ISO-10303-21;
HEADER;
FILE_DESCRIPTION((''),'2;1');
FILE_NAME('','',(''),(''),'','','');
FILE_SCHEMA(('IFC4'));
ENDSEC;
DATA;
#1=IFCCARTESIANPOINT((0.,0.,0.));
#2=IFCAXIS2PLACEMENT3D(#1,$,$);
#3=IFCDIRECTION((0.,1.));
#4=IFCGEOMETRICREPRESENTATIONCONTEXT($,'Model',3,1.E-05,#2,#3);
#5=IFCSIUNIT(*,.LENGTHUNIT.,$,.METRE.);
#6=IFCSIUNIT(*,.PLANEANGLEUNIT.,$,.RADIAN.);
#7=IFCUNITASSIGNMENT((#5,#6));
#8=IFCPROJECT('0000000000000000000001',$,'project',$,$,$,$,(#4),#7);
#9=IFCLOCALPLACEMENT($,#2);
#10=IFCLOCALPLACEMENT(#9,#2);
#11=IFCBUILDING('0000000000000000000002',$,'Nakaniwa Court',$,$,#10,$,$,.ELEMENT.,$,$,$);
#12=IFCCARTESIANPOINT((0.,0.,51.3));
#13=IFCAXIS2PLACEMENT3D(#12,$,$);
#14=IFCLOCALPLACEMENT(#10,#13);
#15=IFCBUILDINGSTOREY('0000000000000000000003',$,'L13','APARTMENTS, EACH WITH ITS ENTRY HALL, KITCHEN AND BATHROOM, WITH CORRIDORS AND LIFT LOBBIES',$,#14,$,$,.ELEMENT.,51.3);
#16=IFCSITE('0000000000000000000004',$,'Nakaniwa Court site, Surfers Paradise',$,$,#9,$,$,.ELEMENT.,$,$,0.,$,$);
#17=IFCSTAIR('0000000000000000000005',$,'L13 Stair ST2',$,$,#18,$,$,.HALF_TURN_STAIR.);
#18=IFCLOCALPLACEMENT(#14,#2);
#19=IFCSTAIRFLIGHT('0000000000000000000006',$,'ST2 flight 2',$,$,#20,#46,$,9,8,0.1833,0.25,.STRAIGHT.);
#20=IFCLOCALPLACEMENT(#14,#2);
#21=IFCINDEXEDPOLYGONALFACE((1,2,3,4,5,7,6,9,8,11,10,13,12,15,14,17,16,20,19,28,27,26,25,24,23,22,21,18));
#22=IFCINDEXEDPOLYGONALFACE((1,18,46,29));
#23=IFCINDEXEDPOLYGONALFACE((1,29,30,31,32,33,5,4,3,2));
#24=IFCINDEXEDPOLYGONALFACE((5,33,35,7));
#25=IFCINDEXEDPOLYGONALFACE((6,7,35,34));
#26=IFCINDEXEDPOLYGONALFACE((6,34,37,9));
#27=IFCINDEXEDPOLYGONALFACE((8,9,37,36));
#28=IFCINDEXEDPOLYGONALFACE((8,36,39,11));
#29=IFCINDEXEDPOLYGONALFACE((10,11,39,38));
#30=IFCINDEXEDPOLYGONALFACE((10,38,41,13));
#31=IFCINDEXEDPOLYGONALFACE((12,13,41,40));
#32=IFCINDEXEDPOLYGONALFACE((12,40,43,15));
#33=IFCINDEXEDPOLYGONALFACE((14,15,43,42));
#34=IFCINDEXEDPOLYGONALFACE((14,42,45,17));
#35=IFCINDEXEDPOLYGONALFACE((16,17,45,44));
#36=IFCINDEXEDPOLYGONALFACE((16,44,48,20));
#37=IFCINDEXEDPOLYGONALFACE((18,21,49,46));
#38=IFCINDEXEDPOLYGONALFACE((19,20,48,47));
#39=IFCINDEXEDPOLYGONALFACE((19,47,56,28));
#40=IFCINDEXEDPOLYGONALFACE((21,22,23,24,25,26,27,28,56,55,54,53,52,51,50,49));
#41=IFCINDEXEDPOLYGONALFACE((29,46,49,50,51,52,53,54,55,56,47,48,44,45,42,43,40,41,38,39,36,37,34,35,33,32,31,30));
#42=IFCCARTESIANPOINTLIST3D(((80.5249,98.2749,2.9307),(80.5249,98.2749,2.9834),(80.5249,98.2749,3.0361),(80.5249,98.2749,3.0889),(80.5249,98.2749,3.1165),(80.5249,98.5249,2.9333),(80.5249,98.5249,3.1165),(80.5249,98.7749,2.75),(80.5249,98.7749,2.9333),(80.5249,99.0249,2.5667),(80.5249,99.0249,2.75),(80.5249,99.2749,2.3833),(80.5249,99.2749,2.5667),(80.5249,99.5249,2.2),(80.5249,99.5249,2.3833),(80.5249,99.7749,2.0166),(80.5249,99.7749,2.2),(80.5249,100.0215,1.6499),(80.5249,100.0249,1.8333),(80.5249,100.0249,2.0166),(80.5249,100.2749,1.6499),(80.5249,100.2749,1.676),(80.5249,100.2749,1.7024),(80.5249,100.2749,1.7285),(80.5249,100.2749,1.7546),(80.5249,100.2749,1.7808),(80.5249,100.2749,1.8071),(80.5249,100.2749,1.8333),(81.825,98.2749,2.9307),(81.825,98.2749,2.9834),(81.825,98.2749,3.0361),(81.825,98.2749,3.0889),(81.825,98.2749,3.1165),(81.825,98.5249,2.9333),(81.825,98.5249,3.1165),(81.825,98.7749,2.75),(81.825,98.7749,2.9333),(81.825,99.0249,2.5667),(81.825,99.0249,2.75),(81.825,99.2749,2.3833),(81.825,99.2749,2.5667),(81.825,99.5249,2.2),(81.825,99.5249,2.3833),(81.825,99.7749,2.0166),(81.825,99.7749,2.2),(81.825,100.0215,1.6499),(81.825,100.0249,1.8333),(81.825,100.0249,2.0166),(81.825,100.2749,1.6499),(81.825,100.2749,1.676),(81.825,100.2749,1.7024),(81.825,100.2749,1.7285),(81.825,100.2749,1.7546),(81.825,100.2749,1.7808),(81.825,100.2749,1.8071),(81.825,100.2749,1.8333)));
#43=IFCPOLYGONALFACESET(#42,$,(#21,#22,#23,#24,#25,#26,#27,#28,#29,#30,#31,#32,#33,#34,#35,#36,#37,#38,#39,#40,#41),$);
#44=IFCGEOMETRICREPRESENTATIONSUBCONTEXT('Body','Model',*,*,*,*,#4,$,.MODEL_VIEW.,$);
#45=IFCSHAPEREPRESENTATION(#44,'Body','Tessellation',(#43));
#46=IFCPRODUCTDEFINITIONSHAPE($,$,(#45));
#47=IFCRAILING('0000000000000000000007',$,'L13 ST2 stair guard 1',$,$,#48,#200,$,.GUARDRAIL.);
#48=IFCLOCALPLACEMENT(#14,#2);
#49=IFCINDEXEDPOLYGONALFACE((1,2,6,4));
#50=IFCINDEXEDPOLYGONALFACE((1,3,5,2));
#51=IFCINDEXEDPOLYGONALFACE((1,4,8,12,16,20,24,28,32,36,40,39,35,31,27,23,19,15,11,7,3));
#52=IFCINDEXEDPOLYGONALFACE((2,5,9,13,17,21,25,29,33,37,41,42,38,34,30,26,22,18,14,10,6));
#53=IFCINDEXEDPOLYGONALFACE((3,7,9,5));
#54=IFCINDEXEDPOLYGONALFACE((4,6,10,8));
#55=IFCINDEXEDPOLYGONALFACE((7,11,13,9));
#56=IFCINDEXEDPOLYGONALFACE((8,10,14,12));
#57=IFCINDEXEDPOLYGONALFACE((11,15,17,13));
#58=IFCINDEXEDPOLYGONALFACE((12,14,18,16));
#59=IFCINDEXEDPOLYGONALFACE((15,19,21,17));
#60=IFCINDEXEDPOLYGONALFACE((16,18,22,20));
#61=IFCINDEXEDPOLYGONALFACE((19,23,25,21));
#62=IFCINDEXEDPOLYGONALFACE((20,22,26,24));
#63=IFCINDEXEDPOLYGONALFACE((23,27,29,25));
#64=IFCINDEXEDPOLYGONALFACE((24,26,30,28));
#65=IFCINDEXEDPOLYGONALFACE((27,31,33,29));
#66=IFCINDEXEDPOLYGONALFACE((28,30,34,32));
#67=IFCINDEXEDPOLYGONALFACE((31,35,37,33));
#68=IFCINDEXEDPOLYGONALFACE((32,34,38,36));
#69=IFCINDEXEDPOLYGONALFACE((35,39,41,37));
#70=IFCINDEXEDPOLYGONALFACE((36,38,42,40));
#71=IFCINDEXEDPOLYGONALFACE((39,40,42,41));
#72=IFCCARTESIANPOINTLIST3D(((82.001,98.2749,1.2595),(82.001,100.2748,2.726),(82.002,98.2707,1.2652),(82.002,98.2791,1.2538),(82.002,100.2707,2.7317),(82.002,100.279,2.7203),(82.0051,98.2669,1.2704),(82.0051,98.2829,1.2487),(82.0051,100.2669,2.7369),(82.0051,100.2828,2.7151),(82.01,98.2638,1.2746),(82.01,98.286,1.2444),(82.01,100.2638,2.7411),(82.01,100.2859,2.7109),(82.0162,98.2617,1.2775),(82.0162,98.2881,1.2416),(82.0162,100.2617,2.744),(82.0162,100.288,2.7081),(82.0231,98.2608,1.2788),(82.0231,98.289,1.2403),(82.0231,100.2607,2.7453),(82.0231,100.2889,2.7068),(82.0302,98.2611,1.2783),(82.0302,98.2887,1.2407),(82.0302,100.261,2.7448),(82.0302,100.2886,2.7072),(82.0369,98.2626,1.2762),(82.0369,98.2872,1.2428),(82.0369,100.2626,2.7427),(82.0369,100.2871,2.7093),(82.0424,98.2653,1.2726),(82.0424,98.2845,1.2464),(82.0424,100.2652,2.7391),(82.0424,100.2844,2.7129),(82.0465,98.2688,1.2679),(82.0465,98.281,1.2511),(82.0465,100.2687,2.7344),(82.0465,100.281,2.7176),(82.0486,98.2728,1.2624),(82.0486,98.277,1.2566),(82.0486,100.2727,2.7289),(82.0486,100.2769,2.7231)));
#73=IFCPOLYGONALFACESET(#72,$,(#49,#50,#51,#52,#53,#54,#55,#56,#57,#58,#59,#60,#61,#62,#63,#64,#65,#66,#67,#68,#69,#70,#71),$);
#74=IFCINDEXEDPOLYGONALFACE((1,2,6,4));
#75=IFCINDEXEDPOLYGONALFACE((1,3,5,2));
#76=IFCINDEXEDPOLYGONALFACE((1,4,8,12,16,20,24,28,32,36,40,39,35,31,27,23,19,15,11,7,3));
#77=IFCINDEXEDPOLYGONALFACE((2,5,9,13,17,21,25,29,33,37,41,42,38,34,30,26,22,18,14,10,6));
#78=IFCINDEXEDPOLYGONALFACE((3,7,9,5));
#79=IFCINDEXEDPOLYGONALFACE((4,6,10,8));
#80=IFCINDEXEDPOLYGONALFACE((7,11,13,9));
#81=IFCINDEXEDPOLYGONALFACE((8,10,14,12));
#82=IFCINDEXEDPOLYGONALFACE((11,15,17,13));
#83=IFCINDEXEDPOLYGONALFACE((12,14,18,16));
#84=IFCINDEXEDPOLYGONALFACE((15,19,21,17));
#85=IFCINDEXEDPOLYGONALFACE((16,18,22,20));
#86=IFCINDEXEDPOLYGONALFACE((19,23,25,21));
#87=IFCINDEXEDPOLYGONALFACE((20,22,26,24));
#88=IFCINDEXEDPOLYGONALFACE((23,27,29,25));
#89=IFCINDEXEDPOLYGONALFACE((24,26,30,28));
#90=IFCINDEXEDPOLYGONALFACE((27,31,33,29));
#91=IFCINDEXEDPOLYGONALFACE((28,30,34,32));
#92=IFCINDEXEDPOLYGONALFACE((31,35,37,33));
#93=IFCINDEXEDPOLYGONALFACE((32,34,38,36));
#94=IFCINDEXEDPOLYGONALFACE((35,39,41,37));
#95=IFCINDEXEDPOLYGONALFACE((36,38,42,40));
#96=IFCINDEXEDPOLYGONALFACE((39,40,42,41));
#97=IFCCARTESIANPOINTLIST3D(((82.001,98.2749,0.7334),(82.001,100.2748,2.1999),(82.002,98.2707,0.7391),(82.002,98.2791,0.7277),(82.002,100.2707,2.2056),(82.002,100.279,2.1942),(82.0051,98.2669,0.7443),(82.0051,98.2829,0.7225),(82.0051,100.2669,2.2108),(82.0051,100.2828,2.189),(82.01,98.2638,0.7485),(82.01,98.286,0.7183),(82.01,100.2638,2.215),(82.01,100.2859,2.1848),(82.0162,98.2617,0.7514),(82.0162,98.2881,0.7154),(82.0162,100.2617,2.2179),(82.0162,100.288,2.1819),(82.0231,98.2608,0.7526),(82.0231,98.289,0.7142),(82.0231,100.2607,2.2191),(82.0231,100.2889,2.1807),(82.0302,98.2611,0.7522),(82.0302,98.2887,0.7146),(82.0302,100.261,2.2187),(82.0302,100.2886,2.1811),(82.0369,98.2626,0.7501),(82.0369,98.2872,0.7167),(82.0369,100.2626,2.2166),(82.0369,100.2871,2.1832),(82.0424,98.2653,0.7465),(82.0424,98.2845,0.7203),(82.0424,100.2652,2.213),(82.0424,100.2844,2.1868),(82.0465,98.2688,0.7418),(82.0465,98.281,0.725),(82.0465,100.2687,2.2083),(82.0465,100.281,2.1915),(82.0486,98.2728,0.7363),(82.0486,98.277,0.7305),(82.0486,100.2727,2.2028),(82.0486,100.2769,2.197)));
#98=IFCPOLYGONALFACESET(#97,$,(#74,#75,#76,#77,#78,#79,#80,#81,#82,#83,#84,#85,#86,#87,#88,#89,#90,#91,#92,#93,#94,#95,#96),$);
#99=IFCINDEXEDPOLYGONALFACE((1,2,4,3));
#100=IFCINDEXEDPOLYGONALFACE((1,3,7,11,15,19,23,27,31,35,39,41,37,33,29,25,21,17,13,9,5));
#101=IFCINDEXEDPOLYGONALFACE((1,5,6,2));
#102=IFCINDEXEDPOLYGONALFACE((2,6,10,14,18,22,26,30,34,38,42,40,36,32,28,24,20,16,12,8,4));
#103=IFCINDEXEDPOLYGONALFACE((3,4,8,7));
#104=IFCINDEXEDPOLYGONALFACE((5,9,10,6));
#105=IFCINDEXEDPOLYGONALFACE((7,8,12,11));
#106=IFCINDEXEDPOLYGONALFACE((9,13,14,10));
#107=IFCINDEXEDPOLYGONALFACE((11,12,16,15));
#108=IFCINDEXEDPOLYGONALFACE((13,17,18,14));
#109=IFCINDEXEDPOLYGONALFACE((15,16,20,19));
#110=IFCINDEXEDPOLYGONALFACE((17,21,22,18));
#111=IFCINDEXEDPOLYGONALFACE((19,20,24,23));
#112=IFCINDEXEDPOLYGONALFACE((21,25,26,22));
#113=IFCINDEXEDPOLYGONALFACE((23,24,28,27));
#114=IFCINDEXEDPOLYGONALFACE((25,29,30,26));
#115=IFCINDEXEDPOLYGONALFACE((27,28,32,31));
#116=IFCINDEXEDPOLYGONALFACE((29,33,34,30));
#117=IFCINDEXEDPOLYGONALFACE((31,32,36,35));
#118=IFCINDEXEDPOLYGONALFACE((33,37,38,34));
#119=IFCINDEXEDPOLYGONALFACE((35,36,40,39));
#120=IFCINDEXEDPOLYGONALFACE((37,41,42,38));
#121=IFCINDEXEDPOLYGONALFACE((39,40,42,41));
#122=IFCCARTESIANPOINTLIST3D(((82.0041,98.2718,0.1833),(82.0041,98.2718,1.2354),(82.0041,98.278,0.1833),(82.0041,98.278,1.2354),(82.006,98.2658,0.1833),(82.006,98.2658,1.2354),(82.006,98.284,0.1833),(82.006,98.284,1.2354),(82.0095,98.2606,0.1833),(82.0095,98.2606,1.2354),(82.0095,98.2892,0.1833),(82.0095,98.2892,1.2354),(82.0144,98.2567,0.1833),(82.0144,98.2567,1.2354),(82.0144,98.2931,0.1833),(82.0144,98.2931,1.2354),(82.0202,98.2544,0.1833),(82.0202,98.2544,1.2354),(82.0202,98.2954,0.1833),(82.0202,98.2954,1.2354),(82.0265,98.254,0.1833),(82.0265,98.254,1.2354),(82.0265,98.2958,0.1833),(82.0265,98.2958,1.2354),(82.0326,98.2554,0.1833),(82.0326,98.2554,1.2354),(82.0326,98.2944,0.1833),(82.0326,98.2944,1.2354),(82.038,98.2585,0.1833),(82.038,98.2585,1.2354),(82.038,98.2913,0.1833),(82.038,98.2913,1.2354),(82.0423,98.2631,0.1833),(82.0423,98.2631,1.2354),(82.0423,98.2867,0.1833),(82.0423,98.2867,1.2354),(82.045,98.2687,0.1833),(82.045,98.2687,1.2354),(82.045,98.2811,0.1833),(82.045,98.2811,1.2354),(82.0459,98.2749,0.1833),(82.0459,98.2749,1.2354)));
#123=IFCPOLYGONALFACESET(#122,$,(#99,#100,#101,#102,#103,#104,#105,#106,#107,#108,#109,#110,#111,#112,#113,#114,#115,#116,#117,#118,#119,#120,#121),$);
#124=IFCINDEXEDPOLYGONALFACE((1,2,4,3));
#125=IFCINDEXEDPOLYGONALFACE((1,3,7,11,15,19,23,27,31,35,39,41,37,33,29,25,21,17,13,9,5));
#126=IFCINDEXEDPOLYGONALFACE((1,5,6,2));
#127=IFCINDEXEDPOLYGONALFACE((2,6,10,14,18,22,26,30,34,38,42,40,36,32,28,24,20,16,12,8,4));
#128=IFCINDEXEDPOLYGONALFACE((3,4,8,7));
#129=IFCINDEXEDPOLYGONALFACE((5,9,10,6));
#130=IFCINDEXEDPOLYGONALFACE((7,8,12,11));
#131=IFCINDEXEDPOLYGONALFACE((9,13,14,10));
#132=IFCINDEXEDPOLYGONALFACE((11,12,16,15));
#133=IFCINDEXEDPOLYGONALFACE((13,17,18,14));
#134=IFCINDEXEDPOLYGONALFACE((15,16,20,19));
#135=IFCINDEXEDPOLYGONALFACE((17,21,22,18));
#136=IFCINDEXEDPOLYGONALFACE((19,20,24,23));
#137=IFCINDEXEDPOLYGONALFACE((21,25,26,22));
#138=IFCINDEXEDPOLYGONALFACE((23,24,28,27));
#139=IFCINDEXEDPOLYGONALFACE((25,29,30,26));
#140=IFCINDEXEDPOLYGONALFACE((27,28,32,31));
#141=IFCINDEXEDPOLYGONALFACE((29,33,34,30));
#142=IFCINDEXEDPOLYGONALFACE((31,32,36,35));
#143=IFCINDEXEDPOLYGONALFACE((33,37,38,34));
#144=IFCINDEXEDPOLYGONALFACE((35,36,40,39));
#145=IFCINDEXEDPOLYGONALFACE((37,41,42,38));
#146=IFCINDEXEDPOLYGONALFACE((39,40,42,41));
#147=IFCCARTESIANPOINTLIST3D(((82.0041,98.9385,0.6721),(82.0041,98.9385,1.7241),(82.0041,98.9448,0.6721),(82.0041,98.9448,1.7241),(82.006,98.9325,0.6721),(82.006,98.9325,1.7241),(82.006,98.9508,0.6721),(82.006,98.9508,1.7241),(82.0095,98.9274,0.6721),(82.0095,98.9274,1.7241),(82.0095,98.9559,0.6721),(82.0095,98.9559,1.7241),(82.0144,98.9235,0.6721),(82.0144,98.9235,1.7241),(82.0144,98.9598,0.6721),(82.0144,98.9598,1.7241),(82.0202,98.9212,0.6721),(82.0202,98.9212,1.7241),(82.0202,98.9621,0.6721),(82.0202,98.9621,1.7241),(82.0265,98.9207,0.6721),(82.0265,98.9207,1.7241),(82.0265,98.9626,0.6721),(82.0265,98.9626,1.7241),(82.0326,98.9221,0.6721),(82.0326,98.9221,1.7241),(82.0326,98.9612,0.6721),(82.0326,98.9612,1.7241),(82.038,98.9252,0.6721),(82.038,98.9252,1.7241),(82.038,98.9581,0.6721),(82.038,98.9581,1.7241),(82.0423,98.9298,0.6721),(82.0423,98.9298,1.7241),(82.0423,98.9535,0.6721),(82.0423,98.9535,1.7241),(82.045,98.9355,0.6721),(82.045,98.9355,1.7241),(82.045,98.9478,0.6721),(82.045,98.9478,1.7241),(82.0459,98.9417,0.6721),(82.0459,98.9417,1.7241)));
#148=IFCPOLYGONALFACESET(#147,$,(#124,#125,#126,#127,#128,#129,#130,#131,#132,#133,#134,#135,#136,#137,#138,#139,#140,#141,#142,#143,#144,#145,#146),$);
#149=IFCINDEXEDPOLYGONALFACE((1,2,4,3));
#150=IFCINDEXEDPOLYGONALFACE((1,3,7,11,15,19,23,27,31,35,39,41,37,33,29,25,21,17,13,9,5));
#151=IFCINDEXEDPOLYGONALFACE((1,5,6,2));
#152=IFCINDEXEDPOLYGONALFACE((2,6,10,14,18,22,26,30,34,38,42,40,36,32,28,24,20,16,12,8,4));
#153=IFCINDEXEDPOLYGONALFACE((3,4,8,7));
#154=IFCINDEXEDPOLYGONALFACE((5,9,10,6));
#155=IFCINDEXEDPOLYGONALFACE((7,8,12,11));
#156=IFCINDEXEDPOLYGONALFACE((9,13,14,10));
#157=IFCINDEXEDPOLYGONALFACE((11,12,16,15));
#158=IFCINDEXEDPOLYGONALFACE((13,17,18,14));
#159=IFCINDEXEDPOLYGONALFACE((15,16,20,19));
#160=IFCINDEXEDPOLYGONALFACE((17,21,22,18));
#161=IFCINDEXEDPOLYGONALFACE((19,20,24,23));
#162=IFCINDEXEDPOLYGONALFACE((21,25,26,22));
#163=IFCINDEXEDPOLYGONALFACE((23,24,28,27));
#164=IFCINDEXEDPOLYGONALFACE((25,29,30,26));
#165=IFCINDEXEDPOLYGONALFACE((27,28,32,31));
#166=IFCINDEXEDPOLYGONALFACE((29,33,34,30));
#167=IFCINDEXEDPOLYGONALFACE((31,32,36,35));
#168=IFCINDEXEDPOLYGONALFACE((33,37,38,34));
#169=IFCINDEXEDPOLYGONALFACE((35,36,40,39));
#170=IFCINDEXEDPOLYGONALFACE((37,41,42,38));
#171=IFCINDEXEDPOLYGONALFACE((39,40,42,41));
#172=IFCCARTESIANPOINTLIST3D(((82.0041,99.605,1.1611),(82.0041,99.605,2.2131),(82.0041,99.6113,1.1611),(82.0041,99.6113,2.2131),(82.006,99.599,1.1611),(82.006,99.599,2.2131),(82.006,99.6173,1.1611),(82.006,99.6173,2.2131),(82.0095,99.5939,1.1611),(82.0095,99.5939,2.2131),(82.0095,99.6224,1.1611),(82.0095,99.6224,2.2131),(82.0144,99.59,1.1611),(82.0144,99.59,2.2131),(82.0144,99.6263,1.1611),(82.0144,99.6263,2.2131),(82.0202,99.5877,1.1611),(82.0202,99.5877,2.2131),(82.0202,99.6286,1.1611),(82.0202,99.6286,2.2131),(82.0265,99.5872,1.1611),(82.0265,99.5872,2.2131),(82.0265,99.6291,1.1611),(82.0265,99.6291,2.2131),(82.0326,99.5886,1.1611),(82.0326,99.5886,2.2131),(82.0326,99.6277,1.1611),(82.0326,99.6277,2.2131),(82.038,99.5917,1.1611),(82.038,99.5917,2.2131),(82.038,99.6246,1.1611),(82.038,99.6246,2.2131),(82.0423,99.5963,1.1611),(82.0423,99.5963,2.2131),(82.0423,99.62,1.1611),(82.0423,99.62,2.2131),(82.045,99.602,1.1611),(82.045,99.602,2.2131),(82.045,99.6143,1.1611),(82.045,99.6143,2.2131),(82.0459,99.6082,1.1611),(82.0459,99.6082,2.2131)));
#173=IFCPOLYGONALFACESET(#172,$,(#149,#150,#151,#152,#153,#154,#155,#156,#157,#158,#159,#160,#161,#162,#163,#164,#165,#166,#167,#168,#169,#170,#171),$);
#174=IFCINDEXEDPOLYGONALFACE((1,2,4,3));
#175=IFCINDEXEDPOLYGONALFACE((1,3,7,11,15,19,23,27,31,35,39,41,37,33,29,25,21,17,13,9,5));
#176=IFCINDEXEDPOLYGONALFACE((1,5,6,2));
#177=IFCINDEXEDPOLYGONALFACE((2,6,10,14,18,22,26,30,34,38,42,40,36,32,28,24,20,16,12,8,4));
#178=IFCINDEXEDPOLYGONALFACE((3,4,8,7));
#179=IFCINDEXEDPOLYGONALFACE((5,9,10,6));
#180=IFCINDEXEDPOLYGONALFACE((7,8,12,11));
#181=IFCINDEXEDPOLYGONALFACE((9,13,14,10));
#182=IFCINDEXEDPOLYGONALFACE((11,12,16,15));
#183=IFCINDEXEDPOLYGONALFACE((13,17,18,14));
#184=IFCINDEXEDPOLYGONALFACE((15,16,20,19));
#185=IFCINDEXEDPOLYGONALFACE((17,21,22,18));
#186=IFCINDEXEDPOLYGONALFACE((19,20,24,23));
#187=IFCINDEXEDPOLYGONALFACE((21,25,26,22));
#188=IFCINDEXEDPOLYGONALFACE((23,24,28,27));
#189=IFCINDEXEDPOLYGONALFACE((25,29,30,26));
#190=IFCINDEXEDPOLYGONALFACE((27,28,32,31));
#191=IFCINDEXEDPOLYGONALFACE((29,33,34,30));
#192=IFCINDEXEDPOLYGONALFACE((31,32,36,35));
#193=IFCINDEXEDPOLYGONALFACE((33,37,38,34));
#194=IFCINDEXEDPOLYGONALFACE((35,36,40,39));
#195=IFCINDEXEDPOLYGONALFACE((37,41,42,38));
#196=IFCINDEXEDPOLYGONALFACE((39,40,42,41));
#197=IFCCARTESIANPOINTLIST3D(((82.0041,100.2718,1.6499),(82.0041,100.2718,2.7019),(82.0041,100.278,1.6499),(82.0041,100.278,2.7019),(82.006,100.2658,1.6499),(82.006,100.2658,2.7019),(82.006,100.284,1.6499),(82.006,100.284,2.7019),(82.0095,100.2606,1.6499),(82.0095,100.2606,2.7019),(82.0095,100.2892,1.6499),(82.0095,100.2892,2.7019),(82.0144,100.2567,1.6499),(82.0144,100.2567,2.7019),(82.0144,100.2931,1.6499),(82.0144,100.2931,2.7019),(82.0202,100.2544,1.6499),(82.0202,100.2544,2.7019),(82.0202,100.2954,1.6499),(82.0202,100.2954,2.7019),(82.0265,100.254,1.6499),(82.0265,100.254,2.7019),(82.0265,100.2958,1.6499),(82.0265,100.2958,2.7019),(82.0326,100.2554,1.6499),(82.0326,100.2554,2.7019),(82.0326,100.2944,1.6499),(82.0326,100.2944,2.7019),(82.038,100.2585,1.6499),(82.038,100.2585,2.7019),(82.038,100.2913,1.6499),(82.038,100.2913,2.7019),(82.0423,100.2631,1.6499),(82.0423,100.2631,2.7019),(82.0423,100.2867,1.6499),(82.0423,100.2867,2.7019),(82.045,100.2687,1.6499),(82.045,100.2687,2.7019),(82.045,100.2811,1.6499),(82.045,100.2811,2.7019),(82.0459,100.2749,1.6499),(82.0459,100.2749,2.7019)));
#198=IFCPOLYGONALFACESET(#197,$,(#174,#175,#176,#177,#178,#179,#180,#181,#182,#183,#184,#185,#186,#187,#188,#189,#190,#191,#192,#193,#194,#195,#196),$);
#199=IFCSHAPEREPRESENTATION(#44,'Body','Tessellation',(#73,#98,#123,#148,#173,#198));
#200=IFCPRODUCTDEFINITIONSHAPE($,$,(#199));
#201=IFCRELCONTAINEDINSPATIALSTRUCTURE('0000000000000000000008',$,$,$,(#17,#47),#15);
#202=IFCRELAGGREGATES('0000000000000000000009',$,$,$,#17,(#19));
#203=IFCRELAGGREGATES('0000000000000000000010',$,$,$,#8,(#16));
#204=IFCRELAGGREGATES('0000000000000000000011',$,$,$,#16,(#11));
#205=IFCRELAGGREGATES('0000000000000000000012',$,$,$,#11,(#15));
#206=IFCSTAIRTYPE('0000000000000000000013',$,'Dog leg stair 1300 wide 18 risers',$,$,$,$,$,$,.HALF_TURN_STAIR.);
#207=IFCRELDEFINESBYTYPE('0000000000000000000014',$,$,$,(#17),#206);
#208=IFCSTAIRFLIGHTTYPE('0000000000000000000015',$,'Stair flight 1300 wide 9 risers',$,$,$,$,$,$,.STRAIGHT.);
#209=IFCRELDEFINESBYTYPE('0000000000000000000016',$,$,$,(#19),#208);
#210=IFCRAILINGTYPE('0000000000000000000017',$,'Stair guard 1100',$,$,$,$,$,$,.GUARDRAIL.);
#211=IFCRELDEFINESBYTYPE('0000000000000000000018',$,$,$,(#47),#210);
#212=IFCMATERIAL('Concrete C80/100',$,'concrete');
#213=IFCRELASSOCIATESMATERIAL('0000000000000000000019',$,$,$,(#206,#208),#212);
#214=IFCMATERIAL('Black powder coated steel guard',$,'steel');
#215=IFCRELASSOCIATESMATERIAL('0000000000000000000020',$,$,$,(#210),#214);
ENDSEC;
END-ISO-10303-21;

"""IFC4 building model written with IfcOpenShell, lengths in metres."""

from ifc_helpers import new_model, si_unit, direction, frame, origin, origin_2d, place, context, subcontext, project, spatial, polyline, circle, outline, extrude, material, type_object, element, aggregate, save


model = new_model("IFC4")

# Units and contexts
model_context = context("Model", 3, precision=1e-05, world=origin(), true_north=direction((0.0, 1.0)))
body_context = subcontext(model_context, "Body", "Model", "MODEL_VIEW")
ifc_project = project(units=[si_unit("LENGTHUNIT", "METRE"), si_unit("PLANEANGLEUNIT", "RADIAN")], contexts=[model_context])

# Site, building, storey
site_placement = place(None, origin())
site = spatial("IfcSite", under=ifc_project, at=site_placement, Name="Nakaniwa Court site, Surfers Paradise", CompositionType="ELEMENT", RefElevation=0.0)
building_placement = place(site_placement, origin())
building = spatial("IfcBuilding", under=site, at=building_placement, Name="Nakaniwa Court", CompositionType="ELEMENT")
storey_placement = place(building_placement, frame((0.0, 0.0, 51.3)))
storey = spatial("IfcBuildingStorey", under=building, at=storey_placement, Name="L13", Description="APARTMENTS, EACH WITH ITS ENTRY HALL, KITCHEN AND BATHROOM, WITH CORRIDORS AND LIFT LOBBIES", CompositionType="ELEMENT", Elevation=51.3)

# Shared definitions
ifc_material_1 = material(Name="Concrete C80/100", Category="concrete")

# Stair, stair flight
stair_type = type_object("IfcStairType", Name="Dog leg stair 1300 wide 18 risers", PredefinedType="HALF_TURN_STAIR", material=ifc_material_1)
stair_placement = place(storey_placement, origin())
stair = element("IfcStair", 1, at=stair_placement, inside=storey, type_object=stair_type, Name="L13 Stair ST2", PredefinedType="HALF_TURN_STAIR")
stair_flight_type = type_object("IfcStairFlightType", Name="Stair flight 1300 wide 9 risers", PredefinedType="STRAIGHT", material=ifc_material_1)
stair_flight_1_placement = place(storey_placement, frame((81.175, 100.2749, 1.6499), z_axis=(0.0, 0.0, 1.0), x_axis=(0.0, -1.0, 0.0)))
stair_flight_1 = element("IfcStairFlight", 2, at=stair_flight_1_placement, type_object=stair_flight_type, Name="ST2 flight 2", NumberOfRisers=9, NumberOfTreads=8, PredefinedType="STRAIGHT", RiserHeight=0.1833, TreadLength=0.25, context=body_context, shape_type="SweptSolid", body=[
    extrude(outline(polyline([(0.0, 0.0), (0.0, 0.0261), (0.0, 0.0525), (0.0, 0.0786), (0.0, 0.1047), (0.0, 0.1309), (0.0, 0.1572), (0.0, 0.1833), (0.25, 0.1833), (0.25, 0.3667), (0.5, 0.3667), (0.5, 0.55), (0.75, 0.55), (0.75, 0.7334), (1.0, 0.7334), (1.0, 0.9167), (1.25, 0.9167), (1.25, 1.1001), (1.5, 1.1001), (1.5, 1.2834), (1.75, 1.2834), (1.75, 1.4666), (2.0, 1.4666), (2.0, 1.6499), (2.0, 1.5972), (2.0, 1.5444), (2.0, 1.4917), (2.0, 1.439), (2.0, 1.3862), (2.0, 1.3335), (2.0, 1.2808), (0.2534, 0.0), (0.0, 0.0)])), frame((0.0, 0.6499, 0.0), z_axis=(0.0, -1.0, 0.0), x_axis=(1.0, 0.0, 0.0)), (0.0, 0.0, 1.0), 1.3),
])
aggregate(stair, [stair_flight_1])

# Railing
ifc_material_2 = material(Name="Black powder coated steel guard", Category="steel")
railing_type_1 = type_object("IfcRailingType", Name="Stair guard 1100", PredefinedType="GUARDRAIL", material=ifc_material_2)
railing_1_placement = place(storey_placement, frame((82.0249, 98.2749, 0.1833)))
element("IfcRailing", 3, at=railing_1_placement, inside=storey, type_object=railing_type_1, Name="L13 ST2 stair guard 1", PredefinedType="GUARDRAIL", context=body_context, shape_type="SweptSolid", body=[
    extrude(circle(Radius=0.0239, at=origin_2d()), frame((0.0, 0.0, 1.0762), z_axis=(0.0, 0.806427, 0.591334), x_axis=(-1.0, 0.0, 0.0)), (0.0, 0.0, 1.0), 2.48),
    extrude(circle(Radius=0.0239, at=origin_2d()), frame((0.0, 0.0, 0.55), z_axis=(0.0, 0.806427, 0.591334), x_axis=(-1.0, 0.0, 0.0)), (0.0, 0.0, 1.0), 2.48),
    extrude(circle(Radius=0.021, at=origin_2d()), origin(), (0.0, 0.0, 1.0), 1.052),
    extrude(circle(Radius=0.021, at=origin_2d()), frame((0.0, 0.6667, 0.4888)), (0.0, 0.0, 1.0), 1.052),
    extrude(circle(Radius=0.021, at=origin_2d()), frame((0.0, 1.3333, 0.9778)), (0.0, 0.0, 1.0), 1.052),
    extrude(circle(Radius=0.021, at=origin_2d()), frame((0.0, 2.0, 1.4666)), (0.0, 0.0, 1.0), 1.052),
])

save(model, "model.ifc")
